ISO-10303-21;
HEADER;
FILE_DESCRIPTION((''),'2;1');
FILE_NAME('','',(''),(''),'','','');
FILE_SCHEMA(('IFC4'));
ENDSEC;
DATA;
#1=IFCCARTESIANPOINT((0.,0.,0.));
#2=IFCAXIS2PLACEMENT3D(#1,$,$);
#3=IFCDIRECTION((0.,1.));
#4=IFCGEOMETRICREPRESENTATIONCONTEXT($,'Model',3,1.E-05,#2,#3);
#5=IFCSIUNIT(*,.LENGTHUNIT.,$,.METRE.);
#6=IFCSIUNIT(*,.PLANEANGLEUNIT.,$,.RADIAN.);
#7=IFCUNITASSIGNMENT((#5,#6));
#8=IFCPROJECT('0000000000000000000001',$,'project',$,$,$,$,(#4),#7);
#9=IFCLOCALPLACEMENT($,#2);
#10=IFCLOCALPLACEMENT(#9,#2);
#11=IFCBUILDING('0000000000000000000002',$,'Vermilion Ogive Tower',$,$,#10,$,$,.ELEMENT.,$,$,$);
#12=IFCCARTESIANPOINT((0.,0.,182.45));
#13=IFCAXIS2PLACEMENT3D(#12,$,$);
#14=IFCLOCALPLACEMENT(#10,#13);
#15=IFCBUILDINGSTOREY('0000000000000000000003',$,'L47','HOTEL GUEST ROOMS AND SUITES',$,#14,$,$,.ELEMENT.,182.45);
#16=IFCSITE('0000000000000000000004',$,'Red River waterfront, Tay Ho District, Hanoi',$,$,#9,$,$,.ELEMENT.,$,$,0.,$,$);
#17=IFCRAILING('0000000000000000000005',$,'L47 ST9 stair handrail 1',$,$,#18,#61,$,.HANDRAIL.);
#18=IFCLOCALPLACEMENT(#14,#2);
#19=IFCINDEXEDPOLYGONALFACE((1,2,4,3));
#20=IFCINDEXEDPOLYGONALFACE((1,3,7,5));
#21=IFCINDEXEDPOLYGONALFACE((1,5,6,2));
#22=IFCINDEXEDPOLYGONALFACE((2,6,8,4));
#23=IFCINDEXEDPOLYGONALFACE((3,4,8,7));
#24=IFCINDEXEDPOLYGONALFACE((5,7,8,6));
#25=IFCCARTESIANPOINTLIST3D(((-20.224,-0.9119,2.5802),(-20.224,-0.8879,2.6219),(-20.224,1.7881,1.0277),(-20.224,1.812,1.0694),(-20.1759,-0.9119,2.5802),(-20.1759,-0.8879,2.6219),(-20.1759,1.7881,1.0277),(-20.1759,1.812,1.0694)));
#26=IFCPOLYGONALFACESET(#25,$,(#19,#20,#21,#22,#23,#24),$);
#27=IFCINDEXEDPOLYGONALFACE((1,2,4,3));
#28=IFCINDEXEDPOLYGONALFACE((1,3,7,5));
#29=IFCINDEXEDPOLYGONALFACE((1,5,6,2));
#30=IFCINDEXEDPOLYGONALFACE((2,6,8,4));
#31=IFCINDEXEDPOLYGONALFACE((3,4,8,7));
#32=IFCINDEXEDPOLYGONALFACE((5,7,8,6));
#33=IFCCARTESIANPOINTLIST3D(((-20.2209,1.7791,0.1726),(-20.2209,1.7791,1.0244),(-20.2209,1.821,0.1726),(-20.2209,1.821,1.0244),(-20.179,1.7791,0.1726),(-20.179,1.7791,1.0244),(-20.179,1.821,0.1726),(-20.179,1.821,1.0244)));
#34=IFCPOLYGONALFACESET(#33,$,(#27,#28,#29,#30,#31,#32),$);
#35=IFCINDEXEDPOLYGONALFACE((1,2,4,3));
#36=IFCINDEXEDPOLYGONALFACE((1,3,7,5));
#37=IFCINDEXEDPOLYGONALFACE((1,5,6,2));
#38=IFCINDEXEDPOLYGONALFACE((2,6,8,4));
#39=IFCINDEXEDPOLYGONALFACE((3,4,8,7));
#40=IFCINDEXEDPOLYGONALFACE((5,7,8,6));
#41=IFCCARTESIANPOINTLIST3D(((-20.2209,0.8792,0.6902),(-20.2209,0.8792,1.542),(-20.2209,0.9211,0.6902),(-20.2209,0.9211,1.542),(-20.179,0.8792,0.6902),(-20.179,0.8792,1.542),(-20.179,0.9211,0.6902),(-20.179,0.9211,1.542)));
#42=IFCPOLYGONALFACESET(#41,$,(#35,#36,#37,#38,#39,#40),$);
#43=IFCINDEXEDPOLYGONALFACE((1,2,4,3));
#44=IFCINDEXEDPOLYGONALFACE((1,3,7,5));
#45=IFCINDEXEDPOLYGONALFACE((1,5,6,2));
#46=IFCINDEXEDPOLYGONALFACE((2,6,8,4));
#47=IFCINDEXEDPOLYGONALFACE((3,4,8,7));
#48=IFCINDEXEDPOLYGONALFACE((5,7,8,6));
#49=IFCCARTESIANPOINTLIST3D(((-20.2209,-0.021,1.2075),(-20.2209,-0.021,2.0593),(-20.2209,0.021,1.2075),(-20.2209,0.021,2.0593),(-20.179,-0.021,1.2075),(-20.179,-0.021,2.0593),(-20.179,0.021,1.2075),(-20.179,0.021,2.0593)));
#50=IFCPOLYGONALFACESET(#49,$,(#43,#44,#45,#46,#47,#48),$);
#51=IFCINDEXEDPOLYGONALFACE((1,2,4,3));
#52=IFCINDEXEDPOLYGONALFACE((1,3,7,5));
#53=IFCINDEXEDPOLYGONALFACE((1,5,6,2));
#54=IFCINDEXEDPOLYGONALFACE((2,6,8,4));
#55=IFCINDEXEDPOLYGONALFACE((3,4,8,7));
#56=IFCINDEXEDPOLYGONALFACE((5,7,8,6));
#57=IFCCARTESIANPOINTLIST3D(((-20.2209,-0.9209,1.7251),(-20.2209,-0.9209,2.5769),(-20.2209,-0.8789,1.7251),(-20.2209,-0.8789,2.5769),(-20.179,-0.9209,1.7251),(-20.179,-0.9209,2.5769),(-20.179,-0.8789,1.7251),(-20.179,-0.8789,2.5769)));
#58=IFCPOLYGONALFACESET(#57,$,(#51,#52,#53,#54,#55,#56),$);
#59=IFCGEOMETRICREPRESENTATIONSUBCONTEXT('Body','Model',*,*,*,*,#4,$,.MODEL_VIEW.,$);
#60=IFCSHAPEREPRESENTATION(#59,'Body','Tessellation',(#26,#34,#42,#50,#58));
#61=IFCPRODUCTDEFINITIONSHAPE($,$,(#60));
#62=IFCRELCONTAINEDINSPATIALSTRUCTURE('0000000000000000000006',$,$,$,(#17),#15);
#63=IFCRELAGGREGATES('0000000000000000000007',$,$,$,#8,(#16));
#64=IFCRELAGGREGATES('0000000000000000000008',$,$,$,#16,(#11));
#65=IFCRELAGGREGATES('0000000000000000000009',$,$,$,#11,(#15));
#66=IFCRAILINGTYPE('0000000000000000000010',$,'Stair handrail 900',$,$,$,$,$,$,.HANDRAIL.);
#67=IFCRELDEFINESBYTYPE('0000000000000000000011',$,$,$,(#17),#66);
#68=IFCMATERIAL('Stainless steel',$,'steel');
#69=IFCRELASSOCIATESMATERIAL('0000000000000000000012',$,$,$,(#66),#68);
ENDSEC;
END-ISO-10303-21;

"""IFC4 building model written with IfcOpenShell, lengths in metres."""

from ifc_helpers import new_model, si_unit, direction, frame, origin, origin_2d, place, context, subcontext, project, spatial, rectangle, extrude, material, type_object, element, save


model = new_model("IFC4")

# Units and contexts
model_context = context("Model", 3, precision=1e-05, world=origin(), true_north=direction((0.0, 1.0)))
body_context = subcontext(model_context, "Body", "Model", "MODEL_VIEW")
ifc_project = project(units=[si_unit("LENGTHUNIT", "METRE"), si_unit("PLANEANGLEUNIT", "RADIAN")], contexts=[model_context])

# Site, building, storey
site_placement = place(None, origin())
site = spatial("IfcSite", under=ifc_project, at=site_placement, Name="Red River waterfront, Tay Ho District, Hanoi", CompositionType="ELEMENT", RefElevation=0.0)
building_placement = place(site_placement, origin())
building = spatial("IfcBuilding", under=site, at=building_placement, Name="Vermilion Ogive Tower", CompositionType="ELEMENT")
storey_placement = place(building_placement, frame((0.0, 0.0, 182.45)))
storey = spatial("IfcBuildingStorey", under=building, at=storey_placement, Name="L47", Description="HOTEL GUEST ROOMS AND SUITES", CompositionType="ELEMENT", Elevation=182.45)

# Railing
ifc_material_1 = material(Name="Stainless steel", Category="steel")
railing_type_1 = type_object("IfcRailingType", Name="Stair handrail 900", PredefinedType="HANDRAIL", material=ifc_material_1)
railing_1_placement = place(storey_placement, frame((-20.2, 1.8, 0.1726)))
element("IfcRailing", 1, at=railing_1_placement, inside=storey, type_object=railing_type_1, Name="L47 ST9 stair handrail 1", PredefinedType="HANDRAIL", context=body_context, shape_type="SweptSolid", body=[
    extrude(rectangle(XDim=0.0481, YDim=0.0481, at=origin_2d()), frame((0.0, 0.0, 0.876), z_axis=(0.0, -0.866904, 0.498476), x_axis=(1.0, 0.0, 0.0)), (0.0, 0.0, 1.0), 3.1145),
    extrude(rectangle(XDim=0.042, YDim=0.042, at=origin_2d()), origin(), (0.0, 0.0, 1.0), 0.8518),
    extrude(rectangle(XDim=0.042, YDim=0.042, at=origin_2d()), frame((0.0, -0.8999, 0.5176)), (0.0, 0.0, 1.0), 0.8518),
    extrude(rectangle(XDim=0.042, YDim=0.042, at=origin_2d()), frame((0.0, -1.8, 1.0349)), (0.0, 0.0, 1.0), 0.8518),
    extrude(rectangle(XDim=0.042, YDim=0.042, at=origin_2d()), frame((0.0, -2.7, 1.5525)), (0.0, 0.0, 1.0), 0.8518),
])

save(model, "model.ifc")
